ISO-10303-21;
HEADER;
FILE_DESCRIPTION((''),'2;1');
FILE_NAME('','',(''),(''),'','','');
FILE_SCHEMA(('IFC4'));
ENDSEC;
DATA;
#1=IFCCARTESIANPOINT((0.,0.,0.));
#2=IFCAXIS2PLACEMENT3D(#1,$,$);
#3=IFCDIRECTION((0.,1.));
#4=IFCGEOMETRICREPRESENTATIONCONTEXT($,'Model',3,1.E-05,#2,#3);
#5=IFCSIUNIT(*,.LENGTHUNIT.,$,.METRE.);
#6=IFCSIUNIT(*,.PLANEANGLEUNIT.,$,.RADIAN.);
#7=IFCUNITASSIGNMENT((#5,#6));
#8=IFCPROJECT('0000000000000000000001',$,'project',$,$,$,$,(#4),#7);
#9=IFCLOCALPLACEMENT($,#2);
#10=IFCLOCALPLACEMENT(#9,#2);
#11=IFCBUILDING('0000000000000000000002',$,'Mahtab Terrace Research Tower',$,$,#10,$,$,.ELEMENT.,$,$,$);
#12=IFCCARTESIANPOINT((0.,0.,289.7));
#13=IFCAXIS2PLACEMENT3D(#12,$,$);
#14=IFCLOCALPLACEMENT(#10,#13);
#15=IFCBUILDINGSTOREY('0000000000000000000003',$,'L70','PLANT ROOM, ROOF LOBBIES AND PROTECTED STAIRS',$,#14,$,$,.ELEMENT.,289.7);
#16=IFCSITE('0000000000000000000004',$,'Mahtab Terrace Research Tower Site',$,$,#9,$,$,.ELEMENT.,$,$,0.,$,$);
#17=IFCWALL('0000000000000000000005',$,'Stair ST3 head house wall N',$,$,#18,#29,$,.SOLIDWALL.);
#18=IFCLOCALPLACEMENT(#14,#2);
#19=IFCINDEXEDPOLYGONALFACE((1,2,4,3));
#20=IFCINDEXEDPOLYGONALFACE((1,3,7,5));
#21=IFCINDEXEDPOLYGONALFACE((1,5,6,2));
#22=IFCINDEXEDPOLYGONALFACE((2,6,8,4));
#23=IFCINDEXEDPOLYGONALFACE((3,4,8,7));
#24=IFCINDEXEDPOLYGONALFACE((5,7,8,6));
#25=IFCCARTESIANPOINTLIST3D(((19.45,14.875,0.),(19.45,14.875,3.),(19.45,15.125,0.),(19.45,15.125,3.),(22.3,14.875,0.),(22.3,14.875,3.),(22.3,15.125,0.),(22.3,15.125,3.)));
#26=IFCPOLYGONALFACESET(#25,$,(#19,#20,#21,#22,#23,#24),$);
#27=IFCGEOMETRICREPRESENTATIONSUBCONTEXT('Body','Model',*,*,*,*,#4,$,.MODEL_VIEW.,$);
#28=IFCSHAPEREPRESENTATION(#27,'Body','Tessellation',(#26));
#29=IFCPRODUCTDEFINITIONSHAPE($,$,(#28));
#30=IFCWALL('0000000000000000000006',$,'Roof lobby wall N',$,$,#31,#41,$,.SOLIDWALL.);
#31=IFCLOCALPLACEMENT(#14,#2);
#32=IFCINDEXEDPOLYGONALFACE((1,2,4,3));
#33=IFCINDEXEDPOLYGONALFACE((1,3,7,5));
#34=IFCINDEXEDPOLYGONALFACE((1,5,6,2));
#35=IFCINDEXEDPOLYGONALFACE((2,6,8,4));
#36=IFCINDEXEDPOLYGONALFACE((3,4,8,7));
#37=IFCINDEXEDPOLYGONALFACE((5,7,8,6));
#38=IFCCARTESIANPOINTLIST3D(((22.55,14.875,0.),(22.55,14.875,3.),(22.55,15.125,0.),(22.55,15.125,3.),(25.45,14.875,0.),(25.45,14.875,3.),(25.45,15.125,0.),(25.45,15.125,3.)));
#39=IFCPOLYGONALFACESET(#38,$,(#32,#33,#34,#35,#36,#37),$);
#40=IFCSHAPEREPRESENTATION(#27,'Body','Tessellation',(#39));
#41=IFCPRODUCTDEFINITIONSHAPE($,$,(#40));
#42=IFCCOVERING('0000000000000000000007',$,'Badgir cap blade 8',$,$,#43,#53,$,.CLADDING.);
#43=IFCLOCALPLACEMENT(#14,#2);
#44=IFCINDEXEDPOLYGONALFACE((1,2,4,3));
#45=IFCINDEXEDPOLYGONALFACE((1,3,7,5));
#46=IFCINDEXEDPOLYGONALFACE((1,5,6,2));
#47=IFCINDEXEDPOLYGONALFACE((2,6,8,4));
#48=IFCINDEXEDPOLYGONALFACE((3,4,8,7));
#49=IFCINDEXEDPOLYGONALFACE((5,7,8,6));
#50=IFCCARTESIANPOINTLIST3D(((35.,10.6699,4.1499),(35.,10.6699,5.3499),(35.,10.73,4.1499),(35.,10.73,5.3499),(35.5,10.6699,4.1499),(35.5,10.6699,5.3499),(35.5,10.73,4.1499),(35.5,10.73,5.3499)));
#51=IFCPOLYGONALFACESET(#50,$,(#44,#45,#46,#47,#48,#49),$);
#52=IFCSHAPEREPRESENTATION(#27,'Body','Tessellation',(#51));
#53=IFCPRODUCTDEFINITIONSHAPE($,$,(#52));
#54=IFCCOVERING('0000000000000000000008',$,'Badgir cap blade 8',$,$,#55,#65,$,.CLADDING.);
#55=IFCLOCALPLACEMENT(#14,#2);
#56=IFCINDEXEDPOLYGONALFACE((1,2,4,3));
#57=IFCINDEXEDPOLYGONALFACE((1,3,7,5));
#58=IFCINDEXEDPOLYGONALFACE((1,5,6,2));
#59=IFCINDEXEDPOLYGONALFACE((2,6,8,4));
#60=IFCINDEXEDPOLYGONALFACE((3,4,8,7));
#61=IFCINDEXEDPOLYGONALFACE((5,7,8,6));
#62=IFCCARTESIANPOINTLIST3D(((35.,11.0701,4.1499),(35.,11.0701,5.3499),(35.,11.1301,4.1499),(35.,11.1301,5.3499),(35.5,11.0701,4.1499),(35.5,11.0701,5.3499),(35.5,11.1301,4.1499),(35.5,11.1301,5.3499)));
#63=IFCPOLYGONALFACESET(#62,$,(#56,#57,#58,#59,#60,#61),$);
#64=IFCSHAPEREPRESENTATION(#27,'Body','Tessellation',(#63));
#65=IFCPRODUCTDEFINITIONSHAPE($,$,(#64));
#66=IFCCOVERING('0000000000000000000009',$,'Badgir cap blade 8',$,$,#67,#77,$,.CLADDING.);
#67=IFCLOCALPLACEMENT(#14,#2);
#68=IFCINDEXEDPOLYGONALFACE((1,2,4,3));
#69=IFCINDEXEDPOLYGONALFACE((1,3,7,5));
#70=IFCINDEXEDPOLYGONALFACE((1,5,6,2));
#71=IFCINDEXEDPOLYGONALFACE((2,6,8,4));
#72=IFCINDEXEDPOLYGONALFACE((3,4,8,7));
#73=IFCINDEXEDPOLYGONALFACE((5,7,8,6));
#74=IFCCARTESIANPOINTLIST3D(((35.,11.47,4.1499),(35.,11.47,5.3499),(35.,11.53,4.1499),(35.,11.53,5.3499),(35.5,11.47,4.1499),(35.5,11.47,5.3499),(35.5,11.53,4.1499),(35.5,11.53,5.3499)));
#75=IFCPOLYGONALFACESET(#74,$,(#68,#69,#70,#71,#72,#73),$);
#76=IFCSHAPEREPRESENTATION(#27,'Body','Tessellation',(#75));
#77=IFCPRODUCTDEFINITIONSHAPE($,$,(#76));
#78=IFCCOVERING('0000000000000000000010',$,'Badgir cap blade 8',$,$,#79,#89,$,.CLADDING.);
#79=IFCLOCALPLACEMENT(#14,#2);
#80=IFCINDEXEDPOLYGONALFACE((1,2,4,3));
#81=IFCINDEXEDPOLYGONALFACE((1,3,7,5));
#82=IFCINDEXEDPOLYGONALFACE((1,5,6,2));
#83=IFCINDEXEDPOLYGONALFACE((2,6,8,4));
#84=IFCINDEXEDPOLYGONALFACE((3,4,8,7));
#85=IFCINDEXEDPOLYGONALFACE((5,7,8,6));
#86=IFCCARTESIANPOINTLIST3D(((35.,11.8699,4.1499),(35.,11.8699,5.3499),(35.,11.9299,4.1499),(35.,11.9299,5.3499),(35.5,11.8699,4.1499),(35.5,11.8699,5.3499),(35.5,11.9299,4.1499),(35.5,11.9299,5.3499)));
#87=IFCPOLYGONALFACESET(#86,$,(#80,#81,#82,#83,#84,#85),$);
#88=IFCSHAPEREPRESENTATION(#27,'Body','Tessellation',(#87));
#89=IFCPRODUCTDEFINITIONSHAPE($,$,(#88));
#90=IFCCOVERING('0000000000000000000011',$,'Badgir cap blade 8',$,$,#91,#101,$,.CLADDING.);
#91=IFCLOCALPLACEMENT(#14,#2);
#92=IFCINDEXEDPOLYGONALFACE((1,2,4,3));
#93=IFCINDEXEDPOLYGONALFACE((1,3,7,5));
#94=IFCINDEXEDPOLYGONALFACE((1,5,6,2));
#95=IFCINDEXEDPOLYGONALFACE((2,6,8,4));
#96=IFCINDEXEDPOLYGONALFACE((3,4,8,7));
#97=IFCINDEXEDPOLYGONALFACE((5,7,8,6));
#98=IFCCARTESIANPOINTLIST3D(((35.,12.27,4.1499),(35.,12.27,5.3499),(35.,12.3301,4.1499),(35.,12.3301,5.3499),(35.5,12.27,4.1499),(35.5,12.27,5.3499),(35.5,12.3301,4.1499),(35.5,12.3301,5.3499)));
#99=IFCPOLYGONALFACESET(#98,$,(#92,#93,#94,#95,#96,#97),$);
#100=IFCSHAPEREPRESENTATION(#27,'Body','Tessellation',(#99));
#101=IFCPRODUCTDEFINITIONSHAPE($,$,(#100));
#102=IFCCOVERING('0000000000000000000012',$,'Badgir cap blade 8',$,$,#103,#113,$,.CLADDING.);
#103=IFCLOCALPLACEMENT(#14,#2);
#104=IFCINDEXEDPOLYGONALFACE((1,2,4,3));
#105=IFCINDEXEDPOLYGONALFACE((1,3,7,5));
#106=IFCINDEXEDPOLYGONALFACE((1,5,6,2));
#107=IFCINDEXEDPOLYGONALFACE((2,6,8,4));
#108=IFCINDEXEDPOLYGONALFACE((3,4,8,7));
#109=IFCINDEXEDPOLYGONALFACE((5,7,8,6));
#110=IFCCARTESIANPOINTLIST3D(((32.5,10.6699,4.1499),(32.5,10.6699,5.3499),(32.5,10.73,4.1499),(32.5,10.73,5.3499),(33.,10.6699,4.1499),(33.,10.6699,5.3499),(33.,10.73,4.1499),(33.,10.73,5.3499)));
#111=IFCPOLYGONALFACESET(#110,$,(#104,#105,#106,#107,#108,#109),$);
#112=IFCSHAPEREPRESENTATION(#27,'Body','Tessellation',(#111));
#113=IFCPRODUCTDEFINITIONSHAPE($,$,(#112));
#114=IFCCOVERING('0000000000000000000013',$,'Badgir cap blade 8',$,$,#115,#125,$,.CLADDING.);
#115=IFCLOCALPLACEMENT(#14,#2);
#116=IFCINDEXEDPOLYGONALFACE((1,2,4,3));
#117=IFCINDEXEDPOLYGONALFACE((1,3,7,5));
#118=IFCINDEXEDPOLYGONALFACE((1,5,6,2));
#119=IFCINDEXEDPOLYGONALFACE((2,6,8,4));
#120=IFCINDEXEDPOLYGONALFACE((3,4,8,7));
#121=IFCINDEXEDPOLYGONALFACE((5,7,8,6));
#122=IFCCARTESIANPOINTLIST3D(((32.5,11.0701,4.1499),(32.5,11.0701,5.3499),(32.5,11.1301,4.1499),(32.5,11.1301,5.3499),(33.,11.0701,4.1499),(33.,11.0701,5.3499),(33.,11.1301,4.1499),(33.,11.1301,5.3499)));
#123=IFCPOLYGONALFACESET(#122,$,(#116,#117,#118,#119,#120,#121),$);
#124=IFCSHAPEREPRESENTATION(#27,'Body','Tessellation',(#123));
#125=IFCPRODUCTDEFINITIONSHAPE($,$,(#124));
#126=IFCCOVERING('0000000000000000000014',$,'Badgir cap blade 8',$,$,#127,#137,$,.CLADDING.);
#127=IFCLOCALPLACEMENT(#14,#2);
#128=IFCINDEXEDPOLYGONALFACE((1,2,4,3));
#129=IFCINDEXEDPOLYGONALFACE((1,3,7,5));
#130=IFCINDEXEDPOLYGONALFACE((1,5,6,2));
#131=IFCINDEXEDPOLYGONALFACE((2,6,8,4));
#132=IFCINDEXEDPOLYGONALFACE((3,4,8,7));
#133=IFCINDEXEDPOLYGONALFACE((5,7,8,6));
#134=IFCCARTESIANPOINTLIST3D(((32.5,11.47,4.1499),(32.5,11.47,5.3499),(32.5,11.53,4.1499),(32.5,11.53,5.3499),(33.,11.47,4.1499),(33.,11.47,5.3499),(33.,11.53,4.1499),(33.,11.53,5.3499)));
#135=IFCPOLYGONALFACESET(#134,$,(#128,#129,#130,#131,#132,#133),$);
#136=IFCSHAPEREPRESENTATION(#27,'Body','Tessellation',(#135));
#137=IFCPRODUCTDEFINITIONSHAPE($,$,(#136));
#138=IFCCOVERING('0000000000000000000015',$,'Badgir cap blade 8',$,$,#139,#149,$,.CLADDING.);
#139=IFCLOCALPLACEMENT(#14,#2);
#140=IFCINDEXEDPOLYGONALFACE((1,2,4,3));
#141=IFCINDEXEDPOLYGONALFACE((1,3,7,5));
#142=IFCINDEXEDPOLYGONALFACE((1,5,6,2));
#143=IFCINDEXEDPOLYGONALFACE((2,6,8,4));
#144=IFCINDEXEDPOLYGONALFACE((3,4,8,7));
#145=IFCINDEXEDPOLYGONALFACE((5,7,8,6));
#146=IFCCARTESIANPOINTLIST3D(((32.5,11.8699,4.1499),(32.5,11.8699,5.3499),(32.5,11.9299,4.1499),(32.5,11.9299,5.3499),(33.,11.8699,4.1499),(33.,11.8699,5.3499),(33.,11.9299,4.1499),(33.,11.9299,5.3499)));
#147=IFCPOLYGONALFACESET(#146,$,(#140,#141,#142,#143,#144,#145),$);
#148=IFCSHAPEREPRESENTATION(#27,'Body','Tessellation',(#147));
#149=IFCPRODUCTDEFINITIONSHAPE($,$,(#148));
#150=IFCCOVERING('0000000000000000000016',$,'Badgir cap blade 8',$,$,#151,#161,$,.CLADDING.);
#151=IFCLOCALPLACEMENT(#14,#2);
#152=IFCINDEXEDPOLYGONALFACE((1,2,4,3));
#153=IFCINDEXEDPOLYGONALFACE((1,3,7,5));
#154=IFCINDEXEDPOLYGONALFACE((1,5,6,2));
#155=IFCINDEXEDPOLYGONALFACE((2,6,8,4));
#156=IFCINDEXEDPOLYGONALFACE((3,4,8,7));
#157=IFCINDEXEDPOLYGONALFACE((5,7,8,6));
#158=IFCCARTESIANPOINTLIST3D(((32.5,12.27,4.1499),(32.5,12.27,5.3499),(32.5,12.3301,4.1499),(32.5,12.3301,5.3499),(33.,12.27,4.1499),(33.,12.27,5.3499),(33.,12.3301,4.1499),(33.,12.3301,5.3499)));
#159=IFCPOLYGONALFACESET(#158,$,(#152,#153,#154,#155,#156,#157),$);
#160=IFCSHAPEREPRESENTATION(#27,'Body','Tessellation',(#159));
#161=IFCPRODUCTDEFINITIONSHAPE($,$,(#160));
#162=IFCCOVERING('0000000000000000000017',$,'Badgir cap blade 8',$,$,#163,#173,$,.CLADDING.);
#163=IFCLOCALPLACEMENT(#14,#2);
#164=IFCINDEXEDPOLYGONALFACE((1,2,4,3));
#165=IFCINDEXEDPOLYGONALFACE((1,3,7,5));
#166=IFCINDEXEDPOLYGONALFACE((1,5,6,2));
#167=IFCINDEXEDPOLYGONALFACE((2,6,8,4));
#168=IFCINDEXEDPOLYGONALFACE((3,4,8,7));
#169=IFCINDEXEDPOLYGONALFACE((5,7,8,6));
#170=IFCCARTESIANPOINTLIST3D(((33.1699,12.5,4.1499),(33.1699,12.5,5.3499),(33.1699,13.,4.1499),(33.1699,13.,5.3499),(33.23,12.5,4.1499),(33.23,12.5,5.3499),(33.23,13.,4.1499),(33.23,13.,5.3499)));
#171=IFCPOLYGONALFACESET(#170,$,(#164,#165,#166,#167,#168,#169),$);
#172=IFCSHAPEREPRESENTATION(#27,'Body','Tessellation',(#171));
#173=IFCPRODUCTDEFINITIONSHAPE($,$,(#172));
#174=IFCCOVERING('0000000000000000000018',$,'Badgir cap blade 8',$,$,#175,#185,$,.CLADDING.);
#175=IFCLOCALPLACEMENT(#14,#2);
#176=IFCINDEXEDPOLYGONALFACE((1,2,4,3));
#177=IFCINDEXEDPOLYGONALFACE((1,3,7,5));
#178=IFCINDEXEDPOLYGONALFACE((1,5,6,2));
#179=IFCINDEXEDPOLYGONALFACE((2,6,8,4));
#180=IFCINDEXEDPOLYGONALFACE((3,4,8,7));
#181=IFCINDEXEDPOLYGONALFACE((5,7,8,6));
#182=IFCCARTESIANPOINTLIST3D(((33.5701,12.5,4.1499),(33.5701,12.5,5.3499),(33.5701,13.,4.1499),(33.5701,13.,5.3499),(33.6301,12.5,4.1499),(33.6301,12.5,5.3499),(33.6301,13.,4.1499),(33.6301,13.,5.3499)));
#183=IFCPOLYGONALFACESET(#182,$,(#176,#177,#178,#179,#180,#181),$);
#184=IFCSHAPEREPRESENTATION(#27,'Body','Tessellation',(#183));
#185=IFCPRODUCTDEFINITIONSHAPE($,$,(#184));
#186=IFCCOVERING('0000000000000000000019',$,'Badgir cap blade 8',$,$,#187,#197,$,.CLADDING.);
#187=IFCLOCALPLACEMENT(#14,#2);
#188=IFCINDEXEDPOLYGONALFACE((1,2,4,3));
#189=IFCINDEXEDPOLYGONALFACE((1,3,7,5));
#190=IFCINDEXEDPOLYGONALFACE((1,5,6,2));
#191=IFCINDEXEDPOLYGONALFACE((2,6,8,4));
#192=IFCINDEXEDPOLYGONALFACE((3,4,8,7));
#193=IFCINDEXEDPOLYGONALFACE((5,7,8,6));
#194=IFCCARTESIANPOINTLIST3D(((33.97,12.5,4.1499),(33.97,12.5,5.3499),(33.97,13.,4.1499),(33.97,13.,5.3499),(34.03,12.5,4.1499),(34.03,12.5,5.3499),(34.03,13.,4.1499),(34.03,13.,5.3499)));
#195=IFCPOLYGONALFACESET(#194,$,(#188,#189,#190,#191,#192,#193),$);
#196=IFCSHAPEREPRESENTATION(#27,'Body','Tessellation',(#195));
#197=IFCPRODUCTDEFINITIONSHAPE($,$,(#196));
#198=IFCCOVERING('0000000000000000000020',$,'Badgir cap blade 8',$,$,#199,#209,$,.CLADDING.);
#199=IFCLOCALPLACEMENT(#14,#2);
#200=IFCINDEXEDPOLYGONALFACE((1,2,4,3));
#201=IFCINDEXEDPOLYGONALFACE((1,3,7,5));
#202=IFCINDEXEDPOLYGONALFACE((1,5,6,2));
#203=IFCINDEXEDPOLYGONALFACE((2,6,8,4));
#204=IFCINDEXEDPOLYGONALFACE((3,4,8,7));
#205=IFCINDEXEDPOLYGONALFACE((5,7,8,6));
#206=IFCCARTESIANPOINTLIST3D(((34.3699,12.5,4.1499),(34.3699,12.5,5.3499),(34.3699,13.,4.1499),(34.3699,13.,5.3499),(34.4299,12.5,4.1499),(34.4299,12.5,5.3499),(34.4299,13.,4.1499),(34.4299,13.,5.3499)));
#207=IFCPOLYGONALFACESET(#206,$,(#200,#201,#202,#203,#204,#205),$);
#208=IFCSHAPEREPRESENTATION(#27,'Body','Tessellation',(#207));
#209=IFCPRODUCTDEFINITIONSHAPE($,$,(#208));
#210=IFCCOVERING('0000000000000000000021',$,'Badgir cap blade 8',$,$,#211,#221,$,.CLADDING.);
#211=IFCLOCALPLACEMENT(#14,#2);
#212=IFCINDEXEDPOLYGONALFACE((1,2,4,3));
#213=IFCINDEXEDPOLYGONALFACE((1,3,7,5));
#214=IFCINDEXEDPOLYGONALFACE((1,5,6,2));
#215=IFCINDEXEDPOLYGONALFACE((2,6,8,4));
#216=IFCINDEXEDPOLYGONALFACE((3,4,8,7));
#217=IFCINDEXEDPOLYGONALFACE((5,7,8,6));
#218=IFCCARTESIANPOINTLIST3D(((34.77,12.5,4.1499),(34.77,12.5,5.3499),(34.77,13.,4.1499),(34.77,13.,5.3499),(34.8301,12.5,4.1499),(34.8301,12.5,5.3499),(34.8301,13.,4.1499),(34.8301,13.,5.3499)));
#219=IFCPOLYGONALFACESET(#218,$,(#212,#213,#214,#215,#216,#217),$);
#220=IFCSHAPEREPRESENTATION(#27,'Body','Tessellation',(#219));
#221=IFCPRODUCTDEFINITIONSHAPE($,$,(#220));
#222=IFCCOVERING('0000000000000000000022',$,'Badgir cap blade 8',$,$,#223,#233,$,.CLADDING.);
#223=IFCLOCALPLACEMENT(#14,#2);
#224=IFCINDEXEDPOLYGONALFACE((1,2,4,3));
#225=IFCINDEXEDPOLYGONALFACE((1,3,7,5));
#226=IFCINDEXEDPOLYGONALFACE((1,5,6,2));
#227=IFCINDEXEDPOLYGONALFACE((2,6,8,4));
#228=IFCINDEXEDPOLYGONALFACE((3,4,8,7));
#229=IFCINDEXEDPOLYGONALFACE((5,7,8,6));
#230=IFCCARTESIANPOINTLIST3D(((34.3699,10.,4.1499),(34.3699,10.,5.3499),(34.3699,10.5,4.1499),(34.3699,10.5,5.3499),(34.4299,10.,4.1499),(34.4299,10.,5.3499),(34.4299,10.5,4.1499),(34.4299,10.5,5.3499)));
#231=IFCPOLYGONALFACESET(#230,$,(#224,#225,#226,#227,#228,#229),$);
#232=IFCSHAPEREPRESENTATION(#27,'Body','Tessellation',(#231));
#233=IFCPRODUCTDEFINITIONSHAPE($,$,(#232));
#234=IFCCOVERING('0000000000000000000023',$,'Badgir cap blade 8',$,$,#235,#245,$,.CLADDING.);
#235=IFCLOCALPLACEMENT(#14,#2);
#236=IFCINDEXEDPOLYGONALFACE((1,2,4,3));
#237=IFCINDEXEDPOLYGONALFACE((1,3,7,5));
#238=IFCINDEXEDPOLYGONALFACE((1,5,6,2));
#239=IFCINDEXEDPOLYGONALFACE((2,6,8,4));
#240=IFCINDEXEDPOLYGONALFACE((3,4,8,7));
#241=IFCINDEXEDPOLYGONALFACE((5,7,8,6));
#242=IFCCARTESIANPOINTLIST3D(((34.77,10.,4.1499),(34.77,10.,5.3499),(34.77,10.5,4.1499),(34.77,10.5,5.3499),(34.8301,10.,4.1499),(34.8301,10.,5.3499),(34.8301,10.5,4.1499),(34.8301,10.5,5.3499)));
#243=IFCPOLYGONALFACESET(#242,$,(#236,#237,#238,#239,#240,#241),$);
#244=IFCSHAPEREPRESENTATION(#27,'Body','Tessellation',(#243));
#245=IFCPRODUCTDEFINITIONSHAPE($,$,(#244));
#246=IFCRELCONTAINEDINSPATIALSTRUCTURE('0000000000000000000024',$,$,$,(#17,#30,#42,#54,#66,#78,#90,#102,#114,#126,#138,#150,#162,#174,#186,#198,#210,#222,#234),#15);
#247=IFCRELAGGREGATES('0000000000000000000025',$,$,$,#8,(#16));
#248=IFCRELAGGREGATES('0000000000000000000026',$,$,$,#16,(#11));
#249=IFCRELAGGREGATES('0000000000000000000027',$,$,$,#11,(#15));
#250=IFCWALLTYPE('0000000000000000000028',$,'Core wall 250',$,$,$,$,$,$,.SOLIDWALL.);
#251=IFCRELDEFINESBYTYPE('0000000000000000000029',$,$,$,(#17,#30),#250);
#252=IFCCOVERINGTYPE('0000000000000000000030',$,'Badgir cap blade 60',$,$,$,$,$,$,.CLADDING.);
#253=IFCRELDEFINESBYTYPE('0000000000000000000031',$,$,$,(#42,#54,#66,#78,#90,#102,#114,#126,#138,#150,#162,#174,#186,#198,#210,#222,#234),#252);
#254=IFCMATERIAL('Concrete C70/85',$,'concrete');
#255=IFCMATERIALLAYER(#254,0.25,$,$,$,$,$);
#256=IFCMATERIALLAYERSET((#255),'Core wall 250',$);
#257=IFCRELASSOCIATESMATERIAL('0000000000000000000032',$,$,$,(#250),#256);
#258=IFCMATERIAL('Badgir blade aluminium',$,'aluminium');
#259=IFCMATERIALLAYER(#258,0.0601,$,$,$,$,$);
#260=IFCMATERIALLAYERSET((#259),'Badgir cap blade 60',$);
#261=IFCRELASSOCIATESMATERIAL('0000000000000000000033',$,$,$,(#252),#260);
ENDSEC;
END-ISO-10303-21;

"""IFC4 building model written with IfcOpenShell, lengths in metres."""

from ifc_helpers import new_model, si_unit, direction, frame, frame_2d, origin, origin_2d, place, context, subcontext, project, spatial, rectangle, extrude, material, layer, layer_set, type_object, element, save


model = new_model("IFC4")

# Units and contexts
model_context = context("Model", 3, precision=1e-05, world=origin(), true_north=direction((0.0, 1.0)))
body_context = subcontext(model_context, "Body", "Model", "MODEL_VIEW")
ifc_project = project(units=[si_unit("LENGTHUNIT", "METRE"), si_unit("PLANEANGLEUNIT", "RADIAN")], contexts=[model_context])

# Site, building, storey
site_placement = place(None, origin())
site = spatial("IfcSite", under=ifc_project, at=site_placement, Name="Mahtab Terrace Research Tower Site", CompositionType="ELEMENT", RefElevation=0.0)
building_placement = place(site_placement, origin())
building = spatial("IfcBuilding", under=site, at=building_placement, Name="Mahtab Terrace Research Tower", CompositionType="ELEMENT")
storey_placement = place(building_placement, frame((0.0, 0.0, 289.7)))
storey = spatial("IfcBuildingStorey", under=building, at=storey_placement, Name="L70", Description="PLANT ROOM, ROOF LOBBIES AND PROTECTED STAIRS", CompositionType="ELEMENT", Elevation=289.7)

# Walls
ifc_material_1 = material(Name="Concrete C70/85", Category="concrete")
ifc_layer_1 = layer(ifc_material_1, 0.25)
ifc_layer_set_1 = layer_set([ifc_layer_1], Name="Core wall 250")
wall_type = type_object("IfcWallType", Name="Core wall 250", PredefinedType="SOLIDWALL", material=ifc_layer_set_1)
wall_1_placement = place(storey_placement, frame((19.45, 15.0, 0.0), z_axis=(0.0, 0.0, 1.0), x_axis=(1.0, 0.0, 0.0)))
element("IfcWall", 1, at=wall_1_placement, inside=storey, type_object=wall_type, Name="Stair ST3 head house wall N", PredefinedType="SOLIDWALL", context=body_context, shape_type="SweptSolid", body=[
    extrude(rectangle(XDim=2.8501, YDim=0.25, at=frame_2d((1.425, 0.0))), origin(), (0.0, 0.0, 1.0), 3.0),
])
wall_2_placement = place(storey_placement, frame((22.55, 15.0, 0.0), z_axis=(0.0, 0.0, 1.0), x_axis=(1.0, 0.0, 0.0)))
element("IfcWall", 2, at=wall_2_placement, inside=storey, type_object=wall_type, Name="Roof lobby wall N", PredefinedType="SOLIDWALL", context=body_context, shape_type="SweptSolid", body=[
    extrude(rectangle(XDim=2.8999, YDim=0.25, at=frame_2d((1.45, 0.0))), origin(), (0.0, 0.0, 1.0), 3.0),
])

# Coverings
ifc_material_2 = material(Name="Badgir blade aluminium", Category="aluminium")
ifc_layer_2 = layer(ifc_material_2, 0.0601)
ifc_layer_set_2 = layer_set([ifc_layer_2], Name="Badgir cap blade 60")
covering_type_1 = type_object("IfcCoveringType", Name="Badgir cap blade 60", PredefinedType="CLADDING", material=ifc_layer_set_2)
for number, where, z_axis, x_axis, name in (
    (3, (35.25, 10.7, 4.1499), (0.0, 0.0, 1.0), (1.0, 0.0, 0.0), "Badgir cap blade 8"),
    (4, (35.25, 11.1001, 4.1499), (0.0, 0.0, 1.0), (1.0, 0.0, 0.0), "Badgir cap blade 8"),
    (5, (35.25, 11.5, 4.1499), (0.0, 0.0, 1.0), (1.0, 0.0, 0.0), "Badgir cap blade 8"),
    (6, (35.25, 11.8999, 4.1499), (0.0, 0.0, 1.0), (1.0, 0.0, 0.0), "Badgir cap blade 8"),
    (7, (35.25, 12.3, 4.1499), (0.0, 0.0, 1.0), (1.0, 0.0, 0.0), "Badgir cap blade 8"),
    (8, (32.75, 10.7, 4.1499), (0.0, 0.0, 1.0), (1.0, 0.0, 0.0), "Badgir cap blade 8"),
    (9, (32.75, 11.1001, 4.1499), (0.0, 0.0, 1.0), (1.0, 0.0, 0.0), "Badgir cap blade 8"),
    (10, (32.75, 11.5, 4.1499), (0.0, 0.0, 1.0), (1.0, 0.0, 0.0), "Badgir cap blade 8"),
    (11, (32.75, 11.8999, 4.1499), (0.0, 0.0, 1.0), (1.0, 0.0, 0.0), "Badgir cap blade 8"),
    (12, (32.75, 12.3, 4.1499), (0.0, 0.0, 1.0), (1.0, 0.0, 0.0), "Badgir cap blade 8"),
):
    element("IfcCovering", number, at=place(storey_placement, frame(where, z_axis=z_axis, x_axis=x_axis)), inside=storey, type_object=covering_type_1, Name=name, PredefinedType="CLADDING", context=body_context, shape_type="SweptSolid", body=[
        extrude(rectangle(XDim=0.5, YDim=0.0601, at=origin_2d()), origin(), (0.0, 0.0, 1.0), 1.2),
    ])
for number, where, z_axis, x_axis, name in (
    (13, (33.2, 12.75, 4.1499), (0.0, 0.0, 1.0), (1.0, 0.0, 0.0), "Badgir cap blade 8"),
    (14, (33.6001, 12.75, 4.1499), (0.0, 0.0, 1.0), (1.0, 0.0, 0.0), "Badgir cap blade 8"),
    (15, (34.0, 12.75, 4.1499), (0.0, 0.0, 1.0), (1.0, 0.0, 0.0), "Badgir cap blade 8"),
    (16, (34.3999, 12.75, 4.1499), (0.0, 0.0, 1.0), (1.0, 0.0, 0.0), "Badgir cap blade 8"),
    (17, (34.8, 12.75, 4.1499), (0.0, 0.0, 1.0), (1.0, 0.0, 0.0), "Badgir cap blade 8"),
    (18, (34.3999, 10.25, 4.1499), (0.0, 0.0, 1.0), (1.0, 0.0, 0.0), "Badgir cap blade 8"),
    (19, (34.8, 10.25, 4.1499), (0.0, 0.0, 1.0), (1.0, 0.0, 0.0), "Badgir cap blade 8"),
):
    element("IfcCovering", number, at=place(storey_placement, frame(where, z_axis=z_axis, x_axis=x_axis)), inside=storey, type_object=covering_type_1, Name=name, PredefinedType="CLADDING", context=body_context, shape_type="SweptSolid", body=[
        extrude(rectangle(XDim=0.0601, YDim=0.5, at=origin_2d()), origin(), (0.0, 0.0, 1.0), 1.2),
    ])

save(model, "model.ifc")
